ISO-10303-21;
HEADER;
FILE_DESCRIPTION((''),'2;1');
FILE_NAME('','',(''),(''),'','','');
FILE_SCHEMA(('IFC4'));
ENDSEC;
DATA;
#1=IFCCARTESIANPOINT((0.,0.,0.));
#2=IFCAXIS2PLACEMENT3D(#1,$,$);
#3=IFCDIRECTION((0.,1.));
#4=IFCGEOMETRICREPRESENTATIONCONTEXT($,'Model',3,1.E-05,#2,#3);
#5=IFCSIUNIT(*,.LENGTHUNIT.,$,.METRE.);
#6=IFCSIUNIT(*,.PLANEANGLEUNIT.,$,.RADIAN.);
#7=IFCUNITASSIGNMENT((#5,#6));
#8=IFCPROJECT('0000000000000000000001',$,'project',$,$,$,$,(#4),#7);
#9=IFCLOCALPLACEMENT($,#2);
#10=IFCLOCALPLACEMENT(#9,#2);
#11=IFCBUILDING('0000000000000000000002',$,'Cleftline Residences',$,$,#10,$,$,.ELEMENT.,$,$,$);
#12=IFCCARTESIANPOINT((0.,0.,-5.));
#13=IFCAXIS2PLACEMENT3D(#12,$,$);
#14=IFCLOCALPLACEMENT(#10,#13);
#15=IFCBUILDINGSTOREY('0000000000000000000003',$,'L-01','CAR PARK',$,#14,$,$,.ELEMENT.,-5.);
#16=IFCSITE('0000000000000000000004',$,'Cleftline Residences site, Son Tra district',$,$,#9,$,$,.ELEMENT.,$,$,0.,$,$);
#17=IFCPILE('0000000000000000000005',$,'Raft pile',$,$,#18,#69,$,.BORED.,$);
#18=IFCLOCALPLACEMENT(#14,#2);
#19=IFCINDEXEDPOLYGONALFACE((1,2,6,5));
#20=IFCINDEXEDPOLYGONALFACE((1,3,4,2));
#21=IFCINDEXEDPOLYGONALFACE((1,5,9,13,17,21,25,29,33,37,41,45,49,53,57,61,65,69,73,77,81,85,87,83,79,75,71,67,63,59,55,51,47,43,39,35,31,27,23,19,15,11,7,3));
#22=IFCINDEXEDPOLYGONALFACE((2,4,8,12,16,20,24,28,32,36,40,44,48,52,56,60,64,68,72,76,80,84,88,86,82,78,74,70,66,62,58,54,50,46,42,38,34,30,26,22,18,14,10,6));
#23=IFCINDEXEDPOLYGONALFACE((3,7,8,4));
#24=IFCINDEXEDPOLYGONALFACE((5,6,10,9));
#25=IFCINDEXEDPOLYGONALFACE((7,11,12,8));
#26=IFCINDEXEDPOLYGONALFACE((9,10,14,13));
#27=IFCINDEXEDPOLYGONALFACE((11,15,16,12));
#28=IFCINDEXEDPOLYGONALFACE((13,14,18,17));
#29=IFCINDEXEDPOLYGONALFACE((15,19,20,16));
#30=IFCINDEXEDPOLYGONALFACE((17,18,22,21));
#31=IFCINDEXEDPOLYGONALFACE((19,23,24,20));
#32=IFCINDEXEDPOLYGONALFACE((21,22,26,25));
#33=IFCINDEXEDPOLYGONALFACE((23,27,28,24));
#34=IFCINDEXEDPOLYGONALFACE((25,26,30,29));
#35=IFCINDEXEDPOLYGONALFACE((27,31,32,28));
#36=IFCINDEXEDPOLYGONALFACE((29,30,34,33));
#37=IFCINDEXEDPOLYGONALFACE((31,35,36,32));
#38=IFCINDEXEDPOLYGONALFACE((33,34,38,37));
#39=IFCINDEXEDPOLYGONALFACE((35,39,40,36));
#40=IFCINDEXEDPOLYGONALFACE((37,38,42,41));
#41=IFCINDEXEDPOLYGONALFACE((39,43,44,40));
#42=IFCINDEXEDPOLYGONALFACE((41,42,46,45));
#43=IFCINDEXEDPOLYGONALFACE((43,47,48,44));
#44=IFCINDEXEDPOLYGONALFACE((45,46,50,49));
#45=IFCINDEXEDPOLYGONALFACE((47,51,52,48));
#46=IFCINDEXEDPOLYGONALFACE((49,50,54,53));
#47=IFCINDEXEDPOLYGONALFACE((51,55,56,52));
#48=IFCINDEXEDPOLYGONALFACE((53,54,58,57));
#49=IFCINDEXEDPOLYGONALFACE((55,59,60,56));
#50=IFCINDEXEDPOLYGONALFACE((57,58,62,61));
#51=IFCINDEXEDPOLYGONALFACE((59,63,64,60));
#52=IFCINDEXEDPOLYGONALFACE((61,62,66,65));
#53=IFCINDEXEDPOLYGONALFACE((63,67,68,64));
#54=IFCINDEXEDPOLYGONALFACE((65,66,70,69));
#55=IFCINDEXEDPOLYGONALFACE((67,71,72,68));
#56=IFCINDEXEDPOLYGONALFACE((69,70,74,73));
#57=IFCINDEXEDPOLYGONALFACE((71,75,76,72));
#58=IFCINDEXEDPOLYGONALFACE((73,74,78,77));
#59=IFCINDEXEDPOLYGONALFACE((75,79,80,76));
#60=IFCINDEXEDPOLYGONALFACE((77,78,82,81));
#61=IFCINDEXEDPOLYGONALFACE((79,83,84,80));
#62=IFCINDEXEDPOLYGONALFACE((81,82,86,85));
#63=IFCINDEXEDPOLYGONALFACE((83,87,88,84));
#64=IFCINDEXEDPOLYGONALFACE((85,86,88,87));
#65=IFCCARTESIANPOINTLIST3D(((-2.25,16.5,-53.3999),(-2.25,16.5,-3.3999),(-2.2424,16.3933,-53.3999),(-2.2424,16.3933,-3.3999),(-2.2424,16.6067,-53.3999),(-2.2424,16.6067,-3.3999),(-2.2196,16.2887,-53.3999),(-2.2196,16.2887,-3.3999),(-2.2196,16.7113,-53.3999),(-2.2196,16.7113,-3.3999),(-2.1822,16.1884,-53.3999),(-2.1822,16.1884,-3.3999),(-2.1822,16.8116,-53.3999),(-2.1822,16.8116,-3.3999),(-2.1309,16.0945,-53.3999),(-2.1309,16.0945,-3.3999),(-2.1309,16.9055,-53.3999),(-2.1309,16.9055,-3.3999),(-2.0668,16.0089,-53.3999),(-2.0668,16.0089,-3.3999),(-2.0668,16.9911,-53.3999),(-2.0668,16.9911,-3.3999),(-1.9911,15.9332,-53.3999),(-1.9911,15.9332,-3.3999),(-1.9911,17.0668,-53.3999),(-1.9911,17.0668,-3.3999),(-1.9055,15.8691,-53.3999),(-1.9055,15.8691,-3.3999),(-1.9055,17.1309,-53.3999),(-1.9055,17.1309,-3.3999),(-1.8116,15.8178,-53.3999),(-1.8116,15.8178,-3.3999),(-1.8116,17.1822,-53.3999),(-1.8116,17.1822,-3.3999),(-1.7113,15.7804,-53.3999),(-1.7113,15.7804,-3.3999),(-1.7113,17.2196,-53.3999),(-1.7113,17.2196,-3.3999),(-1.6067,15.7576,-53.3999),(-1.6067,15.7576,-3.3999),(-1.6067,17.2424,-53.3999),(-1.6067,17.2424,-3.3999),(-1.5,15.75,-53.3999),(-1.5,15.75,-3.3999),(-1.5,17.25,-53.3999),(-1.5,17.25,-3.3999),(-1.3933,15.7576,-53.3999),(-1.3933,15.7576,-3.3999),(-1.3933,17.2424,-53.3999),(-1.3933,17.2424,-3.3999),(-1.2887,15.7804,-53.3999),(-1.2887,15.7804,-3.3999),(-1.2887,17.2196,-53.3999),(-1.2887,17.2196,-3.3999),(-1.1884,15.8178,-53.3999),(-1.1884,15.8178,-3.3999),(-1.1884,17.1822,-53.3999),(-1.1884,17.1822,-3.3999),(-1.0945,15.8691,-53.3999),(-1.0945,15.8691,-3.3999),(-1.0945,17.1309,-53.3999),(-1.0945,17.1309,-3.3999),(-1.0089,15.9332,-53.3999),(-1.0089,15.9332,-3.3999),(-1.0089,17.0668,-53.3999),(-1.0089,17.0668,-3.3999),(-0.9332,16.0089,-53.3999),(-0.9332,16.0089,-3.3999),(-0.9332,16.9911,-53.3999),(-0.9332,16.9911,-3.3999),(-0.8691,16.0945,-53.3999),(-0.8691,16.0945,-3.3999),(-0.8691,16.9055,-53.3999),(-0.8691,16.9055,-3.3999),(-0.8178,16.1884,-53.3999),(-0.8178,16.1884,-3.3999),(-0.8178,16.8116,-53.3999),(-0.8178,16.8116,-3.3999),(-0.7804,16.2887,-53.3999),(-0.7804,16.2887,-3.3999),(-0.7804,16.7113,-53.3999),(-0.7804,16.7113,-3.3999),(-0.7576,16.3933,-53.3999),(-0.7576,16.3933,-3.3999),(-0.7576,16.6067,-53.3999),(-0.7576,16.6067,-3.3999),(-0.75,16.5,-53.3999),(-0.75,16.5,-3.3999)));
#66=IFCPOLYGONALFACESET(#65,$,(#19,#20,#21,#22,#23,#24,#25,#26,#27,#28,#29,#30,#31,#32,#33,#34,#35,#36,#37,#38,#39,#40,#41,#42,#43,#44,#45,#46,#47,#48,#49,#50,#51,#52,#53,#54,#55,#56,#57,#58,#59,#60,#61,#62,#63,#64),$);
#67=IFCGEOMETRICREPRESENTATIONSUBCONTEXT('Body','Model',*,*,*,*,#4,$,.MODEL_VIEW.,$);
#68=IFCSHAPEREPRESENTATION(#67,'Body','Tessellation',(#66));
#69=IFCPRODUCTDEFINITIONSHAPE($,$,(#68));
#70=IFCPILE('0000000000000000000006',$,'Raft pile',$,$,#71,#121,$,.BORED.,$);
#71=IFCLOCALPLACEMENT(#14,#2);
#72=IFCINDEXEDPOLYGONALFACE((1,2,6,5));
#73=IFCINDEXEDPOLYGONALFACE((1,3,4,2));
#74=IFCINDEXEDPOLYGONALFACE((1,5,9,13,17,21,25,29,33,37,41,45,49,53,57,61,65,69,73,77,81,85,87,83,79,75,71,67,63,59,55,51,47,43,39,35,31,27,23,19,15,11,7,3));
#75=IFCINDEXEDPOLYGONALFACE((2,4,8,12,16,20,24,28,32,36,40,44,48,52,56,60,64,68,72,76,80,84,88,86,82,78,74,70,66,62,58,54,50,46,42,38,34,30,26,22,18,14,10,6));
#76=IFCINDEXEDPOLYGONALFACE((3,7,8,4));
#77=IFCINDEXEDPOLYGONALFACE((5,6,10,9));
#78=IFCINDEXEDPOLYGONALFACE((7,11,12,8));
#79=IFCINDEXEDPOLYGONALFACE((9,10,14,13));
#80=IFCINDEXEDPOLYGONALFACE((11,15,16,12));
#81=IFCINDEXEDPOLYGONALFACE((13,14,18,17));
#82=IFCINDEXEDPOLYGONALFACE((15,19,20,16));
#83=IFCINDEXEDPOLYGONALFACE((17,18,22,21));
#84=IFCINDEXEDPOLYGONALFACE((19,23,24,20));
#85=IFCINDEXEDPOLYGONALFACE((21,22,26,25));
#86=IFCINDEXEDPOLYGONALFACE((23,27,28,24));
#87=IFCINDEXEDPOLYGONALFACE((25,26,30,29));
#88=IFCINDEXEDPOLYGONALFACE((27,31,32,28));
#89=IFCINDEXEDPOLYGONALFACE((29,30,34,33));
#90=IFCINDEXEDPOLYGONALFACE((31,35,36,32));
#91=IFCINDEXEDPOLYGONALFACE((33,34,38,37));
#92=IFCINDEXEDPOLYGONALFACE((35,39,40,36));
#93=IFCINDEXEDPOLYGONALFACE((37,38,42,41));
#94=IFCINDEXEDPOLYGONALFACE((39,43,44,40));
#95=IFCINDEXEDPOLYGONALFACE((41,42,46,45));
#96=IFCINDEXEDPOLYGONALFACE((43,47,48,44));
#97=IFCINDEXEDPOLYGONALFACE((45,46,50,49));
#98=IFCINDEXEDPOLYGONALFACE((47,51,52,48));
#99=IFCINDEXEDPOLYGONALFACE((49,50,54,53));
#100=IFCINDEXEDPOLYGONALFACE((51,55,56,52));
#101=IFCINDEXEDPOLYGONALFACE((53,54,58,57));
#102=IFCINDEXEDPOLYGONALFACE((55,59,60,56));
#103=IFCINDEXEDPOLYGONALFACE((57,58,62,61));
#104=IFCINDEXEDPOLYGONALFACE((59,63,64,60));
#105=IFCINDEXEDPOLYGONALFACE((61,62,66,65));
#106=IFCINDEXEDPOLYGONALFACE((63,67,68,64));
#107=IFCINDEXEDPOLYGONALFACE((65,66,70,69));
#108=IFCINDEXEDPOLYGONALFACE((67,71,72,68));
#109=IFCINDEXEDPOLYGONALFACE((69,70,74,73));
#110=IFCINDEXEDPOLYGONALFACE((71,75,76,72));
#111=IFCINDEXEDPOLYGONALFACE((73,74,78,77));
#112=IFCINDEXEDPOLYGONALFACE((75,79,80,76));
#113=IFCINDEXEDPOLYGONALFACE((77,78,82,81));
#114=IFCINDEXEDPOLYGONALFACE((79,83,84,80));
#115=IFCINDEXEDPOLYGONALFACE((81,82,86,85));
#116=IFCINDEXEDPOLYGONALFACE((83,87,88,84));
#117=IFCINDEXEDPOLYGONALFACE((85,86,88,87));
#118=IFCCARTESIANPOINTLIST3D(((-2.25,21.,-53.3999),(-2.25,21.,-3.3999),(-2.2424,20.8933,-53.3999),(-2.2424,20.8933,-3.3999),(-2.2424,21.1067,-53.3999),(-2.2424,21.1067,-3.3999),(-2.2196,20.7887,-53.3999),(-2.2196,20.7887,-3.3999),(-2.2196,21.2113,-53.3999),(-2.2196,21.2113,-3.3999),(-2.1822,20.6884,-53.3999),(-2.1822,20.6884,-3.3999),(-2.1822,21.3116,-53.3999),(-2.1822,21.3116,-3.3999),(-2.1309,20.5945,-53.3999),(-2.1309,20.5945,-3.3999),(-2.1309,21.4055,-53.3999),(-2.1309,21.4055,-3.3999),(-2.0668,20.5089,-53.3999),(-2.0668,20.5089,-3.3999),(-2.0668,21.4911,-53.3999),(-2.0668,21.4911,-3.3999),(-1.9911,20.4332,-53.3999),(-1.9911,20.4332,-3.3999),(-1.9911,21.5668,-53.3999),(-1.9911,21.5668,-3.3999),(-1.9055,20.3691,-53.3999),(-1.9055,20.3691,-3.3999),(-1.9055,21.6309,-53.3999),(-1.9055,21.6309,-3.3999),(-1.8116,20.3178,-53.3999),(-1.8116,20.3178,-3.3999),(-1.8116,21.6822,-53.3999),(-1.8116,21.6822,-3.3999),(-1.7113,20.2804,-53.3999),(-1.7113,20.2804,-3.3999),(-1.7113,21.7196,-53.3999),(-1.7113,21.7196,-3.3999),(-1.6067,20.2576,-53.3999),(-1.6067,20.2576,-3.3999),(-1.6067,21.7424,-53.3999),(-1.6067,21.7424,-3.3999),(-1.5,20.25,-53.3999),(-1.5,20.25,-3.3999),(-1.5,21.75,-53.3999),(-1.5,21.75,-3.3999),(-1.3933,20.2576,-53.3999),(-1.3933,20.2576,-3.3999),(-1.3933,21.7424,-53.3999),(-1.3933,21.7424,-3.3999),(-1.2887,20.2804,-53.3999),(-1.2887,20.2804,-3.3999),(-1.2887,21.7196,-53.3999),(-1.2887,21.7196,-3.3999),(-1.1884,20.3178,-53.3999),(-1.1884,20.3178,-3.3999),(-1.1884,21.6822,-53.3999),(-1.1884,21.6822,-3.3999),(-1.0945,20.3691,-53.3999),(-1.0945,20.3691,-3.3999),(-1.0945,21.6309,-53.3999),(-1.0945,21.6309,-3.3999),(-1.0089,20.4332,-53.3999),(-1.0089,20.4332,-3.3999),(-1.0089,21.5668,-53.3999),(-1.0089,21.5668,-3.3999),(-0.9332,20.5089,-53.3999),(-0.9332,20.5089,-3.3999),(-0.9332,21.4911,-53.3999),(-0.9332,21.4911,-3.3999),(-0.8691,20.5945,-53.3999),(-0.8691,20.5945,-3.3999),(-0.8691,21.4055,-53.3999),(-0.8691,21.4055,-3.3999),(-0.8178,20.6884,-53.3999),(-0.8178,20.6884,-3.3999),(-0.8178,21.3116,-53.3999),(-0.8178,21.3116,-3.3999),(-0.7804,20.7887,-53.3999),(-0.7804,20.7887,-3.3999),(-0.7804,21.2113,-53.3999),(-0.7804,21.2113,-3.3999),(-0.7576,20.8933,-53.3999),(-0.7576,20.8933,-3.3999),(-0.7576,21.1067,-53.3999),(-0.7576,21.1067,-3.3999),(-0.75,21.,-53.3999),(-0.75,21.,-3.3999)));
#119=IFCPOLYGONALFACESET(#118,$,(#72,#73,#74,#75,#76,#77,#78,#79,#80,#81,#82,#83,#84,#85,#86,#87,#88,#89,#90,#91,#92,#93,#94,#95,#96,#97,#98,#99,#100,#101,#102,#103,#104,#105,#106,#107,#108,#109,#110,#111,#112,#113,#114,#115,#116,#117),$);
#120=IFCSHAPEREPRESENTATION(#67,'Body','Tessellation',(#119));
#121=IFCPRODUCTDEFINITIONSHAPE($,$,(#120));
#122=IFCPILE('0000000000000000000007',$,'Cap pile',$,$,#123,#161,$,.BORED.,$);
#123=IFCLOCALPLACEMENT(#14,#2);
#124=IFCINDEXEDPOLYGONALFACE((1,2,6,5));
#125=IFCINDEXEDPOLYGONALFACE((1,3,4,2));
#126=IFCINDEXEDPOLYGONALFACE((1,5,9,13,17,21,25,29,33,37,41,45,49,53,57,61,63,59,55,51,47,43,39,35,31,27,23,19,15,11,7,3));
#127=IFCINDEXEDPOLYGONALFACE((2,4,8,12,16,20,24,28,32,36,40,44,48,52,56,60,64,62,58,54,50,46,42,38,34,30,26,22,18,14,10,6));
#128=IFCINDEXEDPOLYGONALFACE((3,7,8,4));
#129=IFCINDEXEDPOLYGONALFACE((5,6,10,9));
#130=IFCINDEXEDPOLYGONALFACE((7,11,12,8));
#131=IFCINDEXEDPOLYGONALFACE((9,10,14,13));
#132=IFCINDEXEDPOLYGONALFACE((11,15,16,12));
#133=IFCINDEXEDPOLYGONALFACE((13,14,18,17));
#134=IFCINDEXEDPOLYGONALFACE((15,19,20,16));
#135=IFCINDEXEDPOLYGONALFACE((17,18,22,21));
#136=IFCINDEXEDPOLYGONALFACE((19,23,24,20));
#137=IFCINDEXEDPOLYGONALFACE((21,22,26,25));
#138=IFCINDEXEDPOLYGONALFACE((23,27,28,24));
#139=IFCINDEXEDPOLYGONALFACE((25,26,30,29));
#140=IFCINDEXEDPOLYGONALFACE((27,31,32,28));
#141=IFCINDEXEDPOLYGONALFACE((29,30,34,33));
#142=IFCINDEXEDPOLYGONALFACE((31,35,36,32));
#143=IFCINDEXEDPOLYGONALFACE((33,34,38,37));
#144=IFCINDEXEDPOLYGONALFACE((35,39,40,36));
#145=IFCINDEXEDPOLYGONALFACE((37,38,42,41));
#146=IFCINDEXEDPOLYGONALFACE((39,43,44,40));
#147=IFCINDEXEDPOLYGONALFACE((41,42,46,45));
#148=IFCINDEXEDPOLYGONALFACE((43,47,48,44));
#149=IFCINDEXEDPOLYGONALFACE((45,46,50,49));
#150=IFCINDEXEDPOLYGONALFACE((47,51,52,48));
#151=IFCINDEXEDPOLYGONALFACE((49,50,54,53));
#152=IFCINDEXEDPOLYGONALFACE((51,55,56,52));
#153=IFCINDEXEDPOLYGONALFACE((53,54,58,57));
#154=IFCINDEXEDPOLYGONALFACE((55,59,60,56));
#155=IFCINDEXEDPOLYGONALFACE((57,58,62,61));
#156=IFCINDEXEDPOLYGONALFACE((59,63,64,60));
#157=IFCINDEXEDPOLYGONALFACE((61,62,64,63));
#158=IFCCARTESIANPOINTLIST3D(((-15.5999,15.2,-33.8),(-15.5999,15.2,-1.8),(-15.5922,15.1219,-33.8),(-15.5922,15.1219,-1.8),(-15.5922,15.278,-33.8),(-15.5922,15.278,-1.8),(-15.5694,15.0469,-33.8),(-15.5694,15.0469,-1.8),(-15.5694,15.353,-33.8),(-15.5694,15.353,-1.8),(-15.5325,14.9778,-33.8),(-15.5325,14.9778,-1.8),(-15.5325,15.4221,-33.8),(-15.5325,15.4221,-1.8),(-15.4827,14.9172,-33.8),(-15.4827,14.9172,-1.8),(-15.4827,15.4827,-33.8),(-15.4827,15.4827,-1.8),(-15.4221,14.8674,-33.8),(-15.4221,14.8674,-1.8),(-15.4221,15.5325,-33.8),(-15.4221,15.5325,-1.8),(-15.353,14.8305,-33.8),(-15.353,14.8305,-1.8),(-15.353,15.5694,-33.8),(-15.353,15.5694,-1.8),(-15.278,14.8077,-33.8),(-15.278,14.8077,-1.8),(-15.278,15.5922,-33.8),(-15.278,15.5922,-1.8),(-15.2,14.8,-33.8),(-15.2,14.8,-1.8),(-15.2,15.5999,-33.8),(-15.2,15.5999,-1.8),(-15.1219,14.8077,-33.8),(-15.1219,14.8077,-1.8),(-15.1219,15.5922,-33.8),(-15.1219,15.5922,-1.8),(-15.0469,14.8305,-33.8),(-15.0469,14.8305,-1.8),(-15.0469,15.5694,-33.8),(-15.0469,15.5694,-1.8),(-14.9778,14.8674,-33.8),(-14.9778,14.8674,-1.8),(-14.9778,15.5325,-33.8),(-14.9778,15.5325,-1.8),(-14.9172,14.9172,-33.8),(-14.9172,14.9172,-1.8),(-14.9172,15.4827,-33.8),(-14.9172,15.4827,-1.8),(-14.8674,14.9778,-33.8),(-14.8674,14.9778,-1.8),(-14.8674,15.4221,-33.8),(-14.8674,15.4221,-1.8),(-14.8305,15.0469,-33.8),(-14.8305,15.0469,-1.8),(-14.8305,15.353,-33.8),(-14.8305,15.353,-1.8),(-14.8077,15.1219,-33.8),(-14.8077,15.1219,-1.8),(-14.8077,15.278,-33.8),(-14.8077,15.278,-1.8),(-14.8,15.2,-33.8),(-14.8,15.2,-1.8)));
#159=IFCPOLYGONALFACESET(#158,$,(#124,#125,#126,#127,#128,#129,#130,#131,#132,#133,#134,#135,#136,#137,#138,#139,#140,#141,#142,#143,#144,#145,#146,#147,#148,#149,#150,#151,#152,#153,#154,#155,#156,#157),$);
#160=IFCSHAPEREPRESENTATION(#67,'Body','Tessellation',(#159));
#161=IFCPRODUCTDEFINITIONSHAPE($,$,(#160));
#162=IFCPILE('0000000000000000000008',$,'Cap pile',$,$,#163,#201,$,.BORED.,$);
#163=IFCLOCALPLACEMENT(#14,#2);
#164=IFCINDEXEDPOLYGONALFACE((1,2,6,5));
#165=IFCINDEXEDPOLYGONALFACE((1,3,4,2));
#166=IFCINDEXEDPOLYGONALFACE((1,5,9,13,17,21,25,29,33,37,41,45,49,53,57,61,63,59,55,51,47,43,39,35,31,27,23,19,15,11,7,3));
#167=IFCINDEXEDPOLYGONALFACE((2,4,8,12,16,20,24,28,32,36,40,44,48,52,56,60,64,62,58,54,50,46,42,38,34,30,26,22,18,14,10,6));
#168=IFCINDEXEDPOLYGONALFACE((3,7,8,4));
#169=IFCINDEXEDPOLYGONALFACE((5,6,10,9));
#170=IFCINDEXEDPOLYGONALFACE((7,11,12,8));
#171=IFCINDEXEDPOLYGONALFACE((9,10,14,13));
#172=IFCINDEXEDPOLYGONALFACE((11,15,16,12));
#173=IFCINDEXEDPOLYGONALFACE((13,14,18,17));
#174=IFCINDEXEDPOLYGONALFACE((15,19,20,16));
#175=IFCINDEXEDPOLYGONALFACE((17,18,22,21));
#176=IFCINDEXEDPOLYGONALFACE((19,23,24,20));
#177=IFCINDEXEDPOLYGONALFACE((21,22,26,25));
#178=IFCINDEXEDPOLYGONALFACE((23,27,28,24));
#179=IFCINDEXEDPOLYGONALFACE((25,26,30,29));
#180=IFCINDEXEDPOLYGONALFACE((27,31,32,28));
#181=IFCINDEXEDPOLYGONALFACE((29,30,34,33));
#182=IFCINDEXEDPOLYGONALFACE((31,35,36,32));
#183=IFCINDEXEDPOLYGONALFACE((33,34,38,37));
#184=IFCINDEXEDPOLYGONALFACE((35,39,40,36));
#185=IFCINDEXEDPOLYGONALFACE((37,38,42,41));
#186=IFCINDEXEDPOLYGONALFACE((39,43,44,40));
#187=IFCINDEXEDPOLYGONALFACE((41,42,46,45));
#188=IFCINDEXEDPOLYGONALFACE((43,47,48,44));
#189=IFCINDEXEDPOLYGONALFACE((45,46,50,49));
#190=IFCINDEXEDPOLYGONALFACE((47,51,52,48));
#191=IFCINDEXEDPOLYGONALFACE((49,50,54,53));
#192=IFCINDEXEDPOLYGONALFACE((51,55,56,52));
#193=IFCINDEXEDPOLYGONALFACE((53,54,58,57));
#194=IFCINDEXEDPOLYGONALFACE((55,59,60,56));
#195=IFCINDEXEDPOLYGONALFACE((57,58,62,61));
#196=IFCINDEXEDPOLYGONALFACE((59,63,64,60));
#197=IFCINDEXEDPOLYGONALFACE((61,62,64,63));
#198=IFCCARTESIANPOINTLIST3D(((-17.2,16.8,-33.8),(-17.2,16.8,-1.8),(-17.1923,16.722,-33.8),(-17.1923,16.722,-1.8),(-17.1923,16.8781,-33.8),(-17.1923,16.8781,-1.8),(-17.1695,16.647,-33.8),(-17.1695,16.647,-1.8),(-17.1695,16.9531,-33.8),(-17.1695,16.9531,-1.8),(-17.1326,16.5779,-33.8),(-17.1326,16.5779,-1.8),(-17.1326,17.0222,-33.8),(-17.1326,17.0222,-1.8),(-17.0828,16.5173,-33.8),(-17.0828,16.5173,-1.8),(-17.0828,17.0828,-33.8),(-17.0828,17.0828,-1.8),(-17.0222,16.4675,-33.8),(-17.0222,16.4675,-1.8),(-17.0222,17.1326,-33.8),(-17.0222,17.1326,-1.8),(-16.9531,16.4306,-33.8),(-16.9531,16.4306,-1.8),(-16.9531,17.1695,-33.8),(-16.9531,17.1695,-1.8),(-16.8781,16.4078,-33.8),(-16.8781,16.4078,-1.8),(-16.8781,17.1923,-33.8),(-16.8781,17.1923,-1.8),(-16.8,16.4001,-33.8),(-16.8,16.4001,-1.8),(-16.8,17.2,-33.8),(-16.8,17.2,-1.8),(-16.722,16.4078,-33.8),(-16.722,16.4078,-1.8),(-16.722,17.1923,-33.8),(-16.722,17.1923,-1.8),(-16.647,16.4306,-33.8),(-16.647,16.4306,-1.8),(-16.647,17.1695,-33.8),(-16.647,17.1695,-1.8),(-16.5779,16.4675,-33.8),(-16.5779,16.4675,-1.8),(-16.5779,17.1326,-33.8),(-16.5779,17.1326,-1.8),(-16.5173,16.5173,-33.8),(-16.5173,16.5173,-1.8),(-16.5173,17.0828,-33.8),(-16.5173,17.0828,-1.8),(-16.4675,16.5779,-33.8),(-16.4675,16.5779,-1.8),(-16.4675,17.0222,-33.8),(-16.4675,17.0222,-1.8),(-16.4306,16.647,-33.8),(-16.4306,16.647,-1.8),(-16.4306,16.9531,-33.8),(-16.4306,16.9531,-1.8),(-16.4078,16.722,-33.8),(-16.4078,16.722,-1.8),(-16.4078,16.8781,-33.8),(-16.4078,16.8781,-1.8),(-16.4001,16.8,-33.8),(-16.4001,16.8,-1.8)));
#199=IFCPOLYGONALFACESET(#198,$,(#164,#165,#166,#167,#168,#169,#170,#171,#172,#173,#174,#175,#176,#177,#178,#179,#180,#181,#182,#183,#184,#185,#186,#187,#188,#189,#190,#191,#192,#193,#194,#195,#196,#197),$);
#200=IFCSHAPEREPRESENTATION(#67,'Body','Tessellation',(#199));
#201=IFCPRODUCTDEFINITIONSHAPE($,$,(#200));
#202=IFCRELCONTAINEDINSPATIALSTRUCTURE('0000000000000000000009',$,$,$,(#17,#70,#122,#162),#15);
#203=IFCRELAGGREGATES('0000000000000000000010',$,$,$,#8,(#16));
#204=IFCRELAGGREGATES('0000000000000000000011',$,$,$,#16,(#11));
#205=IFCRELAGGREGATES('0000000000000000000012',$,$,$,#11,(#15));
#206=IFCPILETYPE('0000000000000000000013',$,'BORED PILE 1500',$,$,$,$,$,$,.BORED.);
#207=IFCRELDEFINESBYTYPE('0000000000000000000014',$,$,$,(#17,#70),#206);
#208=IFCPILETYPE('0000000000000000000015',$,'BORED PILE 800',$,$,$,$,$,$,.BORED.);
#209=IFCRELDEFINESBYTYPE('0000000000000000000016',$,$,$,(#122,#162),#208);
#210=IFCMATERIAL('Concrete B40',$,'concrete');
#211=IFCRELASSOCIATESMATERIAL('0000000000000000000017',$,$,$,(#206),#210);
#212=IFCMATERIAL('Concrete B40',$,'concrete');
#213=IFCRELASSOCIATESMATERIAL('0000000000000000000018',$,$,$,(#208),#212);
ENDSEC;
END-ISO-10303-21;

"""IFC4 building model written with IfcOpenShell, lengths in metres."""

from ifc_helpers import new_model, si_unit, direction, frame, origin, origin_2d, place, context, subcontext, project, spatial, circle, extrude, material, material_profile, profile_set, type_object, element, save


model = new_model("IFC4")

# Units and contexts
model_context = context("Model", 3, precision=1e-05, world=origin(), true_north=direction((0.0, 1.0)))
body_context = subcontext(model_context, "Body", "Model", "MODEL_VIEW")
ifc_project = project(units=[si_unit("LENGTHUNIT", "METRE"), si_unit("PLANEANGLEUNIT", "RADIAN")], contexts=[model_context])

# Site, building, storey
site_placement = place(None, origin())
site = spatial("IfcSite", under=ifc_project, at=site_placement, Name="Cleftline Residences site, Son Tra district", CompositionType="ELEMENT", RefElevation=0.0)
building_placement = place(site_placement, origin())
building = spatial("IfcBuilding", under=site, at=building_placement, Name="Cleftline Residences", CompositionType="ELEMENT")
storey_placement = place(building_placement, frame((0.0, 0.0, -5.0)))
storey = spatial("IfcBuildingStorey", under=building, at=storey_placement, Name="L-01", Description="CAR PARK", CompositionType="ELEMENT", Elevation=-5.0)

# Piles
ifc_material_1 = material(Name="Concrete B40", Category="concrete")
ifc_material_profile_1 = material_profile(ifc_material_1, circle(Radius=0.75, at=origin_2d()))
ifc_profile_set_1 = profile_set([ifc_material_profile_1], Name="Concrete B40")
pile_type_1 = type_object("IfcPileType", Name="BORED PILE 1500", PredefinedType="BORED", material=ifc_profile_set_1)
for number, where, z_axis, x_axis, name in (
    (1, (-1.5, 16.5, -3.3999), (0.0, 0.0, -1.0), (1.0, 0.0, 0.0), "Raft pile"),
    (2, (-1.5, 21.0, -3.3999), (0.0, 0.0, -1.0), (1.0, 0.0, 0.0), "Raft pile"),
):
    element("IfcPile", number, at=place(storey_placement, frame(where, z_axis=z_axis, x_axis=x_axis)), inside=storey, type_object=pile_type_1, Name=name, PredefinedType="BORED", context=body_context, shape_type="SweptSolid", body=[
        extrude(circle(Radius=0.75, at=origin_2d()), origin(), (0.0, 0.0, 1.0), 50.0),
    ])
ifc_material_2 = material(Name="Concrete B40", Category="concrete")
ifc_material_profile_2 = material_profile(ifc_material_2, circle(Radius=0.3999, at=origin_2d()))
ifc_profile_set_2 = profile_set([ifc_material_profile_2], Name="Concrete B40")
pile_type_2 = type_object("IfcPileType", Name="BORED PILE 800", PredefinedType="BORED", material=ifc_profile_set_2)
for number, where, z_axis, x_axis, name in (
    (3, (-15.2, 15.2, -1.8), (0.0, 0.0, -1.0), (1.0, 0.0, 0.0), "Cap pile"),
    (4, (-16.8, 16.8, -1.8), (0.0, 0.0, -1.0), (1.0, 0.0, 0.0), "Cap pile"),
):
    element("IfcPile", number, at=place(storey_placement, frame(where, z_axis=z_axis, x_axis=x_axis)), inside=storey, type_object=pile_type_2, Name=name, PredefinedType="BORED", context=body_context, shape_type="SweptSolid", body=[
        extrude(circle(Radius=0.3999, at=origin_2d()), origin(), (0.0, 0.0, 1.0), 32.0),
    ])

save(model, "model.ifc")
